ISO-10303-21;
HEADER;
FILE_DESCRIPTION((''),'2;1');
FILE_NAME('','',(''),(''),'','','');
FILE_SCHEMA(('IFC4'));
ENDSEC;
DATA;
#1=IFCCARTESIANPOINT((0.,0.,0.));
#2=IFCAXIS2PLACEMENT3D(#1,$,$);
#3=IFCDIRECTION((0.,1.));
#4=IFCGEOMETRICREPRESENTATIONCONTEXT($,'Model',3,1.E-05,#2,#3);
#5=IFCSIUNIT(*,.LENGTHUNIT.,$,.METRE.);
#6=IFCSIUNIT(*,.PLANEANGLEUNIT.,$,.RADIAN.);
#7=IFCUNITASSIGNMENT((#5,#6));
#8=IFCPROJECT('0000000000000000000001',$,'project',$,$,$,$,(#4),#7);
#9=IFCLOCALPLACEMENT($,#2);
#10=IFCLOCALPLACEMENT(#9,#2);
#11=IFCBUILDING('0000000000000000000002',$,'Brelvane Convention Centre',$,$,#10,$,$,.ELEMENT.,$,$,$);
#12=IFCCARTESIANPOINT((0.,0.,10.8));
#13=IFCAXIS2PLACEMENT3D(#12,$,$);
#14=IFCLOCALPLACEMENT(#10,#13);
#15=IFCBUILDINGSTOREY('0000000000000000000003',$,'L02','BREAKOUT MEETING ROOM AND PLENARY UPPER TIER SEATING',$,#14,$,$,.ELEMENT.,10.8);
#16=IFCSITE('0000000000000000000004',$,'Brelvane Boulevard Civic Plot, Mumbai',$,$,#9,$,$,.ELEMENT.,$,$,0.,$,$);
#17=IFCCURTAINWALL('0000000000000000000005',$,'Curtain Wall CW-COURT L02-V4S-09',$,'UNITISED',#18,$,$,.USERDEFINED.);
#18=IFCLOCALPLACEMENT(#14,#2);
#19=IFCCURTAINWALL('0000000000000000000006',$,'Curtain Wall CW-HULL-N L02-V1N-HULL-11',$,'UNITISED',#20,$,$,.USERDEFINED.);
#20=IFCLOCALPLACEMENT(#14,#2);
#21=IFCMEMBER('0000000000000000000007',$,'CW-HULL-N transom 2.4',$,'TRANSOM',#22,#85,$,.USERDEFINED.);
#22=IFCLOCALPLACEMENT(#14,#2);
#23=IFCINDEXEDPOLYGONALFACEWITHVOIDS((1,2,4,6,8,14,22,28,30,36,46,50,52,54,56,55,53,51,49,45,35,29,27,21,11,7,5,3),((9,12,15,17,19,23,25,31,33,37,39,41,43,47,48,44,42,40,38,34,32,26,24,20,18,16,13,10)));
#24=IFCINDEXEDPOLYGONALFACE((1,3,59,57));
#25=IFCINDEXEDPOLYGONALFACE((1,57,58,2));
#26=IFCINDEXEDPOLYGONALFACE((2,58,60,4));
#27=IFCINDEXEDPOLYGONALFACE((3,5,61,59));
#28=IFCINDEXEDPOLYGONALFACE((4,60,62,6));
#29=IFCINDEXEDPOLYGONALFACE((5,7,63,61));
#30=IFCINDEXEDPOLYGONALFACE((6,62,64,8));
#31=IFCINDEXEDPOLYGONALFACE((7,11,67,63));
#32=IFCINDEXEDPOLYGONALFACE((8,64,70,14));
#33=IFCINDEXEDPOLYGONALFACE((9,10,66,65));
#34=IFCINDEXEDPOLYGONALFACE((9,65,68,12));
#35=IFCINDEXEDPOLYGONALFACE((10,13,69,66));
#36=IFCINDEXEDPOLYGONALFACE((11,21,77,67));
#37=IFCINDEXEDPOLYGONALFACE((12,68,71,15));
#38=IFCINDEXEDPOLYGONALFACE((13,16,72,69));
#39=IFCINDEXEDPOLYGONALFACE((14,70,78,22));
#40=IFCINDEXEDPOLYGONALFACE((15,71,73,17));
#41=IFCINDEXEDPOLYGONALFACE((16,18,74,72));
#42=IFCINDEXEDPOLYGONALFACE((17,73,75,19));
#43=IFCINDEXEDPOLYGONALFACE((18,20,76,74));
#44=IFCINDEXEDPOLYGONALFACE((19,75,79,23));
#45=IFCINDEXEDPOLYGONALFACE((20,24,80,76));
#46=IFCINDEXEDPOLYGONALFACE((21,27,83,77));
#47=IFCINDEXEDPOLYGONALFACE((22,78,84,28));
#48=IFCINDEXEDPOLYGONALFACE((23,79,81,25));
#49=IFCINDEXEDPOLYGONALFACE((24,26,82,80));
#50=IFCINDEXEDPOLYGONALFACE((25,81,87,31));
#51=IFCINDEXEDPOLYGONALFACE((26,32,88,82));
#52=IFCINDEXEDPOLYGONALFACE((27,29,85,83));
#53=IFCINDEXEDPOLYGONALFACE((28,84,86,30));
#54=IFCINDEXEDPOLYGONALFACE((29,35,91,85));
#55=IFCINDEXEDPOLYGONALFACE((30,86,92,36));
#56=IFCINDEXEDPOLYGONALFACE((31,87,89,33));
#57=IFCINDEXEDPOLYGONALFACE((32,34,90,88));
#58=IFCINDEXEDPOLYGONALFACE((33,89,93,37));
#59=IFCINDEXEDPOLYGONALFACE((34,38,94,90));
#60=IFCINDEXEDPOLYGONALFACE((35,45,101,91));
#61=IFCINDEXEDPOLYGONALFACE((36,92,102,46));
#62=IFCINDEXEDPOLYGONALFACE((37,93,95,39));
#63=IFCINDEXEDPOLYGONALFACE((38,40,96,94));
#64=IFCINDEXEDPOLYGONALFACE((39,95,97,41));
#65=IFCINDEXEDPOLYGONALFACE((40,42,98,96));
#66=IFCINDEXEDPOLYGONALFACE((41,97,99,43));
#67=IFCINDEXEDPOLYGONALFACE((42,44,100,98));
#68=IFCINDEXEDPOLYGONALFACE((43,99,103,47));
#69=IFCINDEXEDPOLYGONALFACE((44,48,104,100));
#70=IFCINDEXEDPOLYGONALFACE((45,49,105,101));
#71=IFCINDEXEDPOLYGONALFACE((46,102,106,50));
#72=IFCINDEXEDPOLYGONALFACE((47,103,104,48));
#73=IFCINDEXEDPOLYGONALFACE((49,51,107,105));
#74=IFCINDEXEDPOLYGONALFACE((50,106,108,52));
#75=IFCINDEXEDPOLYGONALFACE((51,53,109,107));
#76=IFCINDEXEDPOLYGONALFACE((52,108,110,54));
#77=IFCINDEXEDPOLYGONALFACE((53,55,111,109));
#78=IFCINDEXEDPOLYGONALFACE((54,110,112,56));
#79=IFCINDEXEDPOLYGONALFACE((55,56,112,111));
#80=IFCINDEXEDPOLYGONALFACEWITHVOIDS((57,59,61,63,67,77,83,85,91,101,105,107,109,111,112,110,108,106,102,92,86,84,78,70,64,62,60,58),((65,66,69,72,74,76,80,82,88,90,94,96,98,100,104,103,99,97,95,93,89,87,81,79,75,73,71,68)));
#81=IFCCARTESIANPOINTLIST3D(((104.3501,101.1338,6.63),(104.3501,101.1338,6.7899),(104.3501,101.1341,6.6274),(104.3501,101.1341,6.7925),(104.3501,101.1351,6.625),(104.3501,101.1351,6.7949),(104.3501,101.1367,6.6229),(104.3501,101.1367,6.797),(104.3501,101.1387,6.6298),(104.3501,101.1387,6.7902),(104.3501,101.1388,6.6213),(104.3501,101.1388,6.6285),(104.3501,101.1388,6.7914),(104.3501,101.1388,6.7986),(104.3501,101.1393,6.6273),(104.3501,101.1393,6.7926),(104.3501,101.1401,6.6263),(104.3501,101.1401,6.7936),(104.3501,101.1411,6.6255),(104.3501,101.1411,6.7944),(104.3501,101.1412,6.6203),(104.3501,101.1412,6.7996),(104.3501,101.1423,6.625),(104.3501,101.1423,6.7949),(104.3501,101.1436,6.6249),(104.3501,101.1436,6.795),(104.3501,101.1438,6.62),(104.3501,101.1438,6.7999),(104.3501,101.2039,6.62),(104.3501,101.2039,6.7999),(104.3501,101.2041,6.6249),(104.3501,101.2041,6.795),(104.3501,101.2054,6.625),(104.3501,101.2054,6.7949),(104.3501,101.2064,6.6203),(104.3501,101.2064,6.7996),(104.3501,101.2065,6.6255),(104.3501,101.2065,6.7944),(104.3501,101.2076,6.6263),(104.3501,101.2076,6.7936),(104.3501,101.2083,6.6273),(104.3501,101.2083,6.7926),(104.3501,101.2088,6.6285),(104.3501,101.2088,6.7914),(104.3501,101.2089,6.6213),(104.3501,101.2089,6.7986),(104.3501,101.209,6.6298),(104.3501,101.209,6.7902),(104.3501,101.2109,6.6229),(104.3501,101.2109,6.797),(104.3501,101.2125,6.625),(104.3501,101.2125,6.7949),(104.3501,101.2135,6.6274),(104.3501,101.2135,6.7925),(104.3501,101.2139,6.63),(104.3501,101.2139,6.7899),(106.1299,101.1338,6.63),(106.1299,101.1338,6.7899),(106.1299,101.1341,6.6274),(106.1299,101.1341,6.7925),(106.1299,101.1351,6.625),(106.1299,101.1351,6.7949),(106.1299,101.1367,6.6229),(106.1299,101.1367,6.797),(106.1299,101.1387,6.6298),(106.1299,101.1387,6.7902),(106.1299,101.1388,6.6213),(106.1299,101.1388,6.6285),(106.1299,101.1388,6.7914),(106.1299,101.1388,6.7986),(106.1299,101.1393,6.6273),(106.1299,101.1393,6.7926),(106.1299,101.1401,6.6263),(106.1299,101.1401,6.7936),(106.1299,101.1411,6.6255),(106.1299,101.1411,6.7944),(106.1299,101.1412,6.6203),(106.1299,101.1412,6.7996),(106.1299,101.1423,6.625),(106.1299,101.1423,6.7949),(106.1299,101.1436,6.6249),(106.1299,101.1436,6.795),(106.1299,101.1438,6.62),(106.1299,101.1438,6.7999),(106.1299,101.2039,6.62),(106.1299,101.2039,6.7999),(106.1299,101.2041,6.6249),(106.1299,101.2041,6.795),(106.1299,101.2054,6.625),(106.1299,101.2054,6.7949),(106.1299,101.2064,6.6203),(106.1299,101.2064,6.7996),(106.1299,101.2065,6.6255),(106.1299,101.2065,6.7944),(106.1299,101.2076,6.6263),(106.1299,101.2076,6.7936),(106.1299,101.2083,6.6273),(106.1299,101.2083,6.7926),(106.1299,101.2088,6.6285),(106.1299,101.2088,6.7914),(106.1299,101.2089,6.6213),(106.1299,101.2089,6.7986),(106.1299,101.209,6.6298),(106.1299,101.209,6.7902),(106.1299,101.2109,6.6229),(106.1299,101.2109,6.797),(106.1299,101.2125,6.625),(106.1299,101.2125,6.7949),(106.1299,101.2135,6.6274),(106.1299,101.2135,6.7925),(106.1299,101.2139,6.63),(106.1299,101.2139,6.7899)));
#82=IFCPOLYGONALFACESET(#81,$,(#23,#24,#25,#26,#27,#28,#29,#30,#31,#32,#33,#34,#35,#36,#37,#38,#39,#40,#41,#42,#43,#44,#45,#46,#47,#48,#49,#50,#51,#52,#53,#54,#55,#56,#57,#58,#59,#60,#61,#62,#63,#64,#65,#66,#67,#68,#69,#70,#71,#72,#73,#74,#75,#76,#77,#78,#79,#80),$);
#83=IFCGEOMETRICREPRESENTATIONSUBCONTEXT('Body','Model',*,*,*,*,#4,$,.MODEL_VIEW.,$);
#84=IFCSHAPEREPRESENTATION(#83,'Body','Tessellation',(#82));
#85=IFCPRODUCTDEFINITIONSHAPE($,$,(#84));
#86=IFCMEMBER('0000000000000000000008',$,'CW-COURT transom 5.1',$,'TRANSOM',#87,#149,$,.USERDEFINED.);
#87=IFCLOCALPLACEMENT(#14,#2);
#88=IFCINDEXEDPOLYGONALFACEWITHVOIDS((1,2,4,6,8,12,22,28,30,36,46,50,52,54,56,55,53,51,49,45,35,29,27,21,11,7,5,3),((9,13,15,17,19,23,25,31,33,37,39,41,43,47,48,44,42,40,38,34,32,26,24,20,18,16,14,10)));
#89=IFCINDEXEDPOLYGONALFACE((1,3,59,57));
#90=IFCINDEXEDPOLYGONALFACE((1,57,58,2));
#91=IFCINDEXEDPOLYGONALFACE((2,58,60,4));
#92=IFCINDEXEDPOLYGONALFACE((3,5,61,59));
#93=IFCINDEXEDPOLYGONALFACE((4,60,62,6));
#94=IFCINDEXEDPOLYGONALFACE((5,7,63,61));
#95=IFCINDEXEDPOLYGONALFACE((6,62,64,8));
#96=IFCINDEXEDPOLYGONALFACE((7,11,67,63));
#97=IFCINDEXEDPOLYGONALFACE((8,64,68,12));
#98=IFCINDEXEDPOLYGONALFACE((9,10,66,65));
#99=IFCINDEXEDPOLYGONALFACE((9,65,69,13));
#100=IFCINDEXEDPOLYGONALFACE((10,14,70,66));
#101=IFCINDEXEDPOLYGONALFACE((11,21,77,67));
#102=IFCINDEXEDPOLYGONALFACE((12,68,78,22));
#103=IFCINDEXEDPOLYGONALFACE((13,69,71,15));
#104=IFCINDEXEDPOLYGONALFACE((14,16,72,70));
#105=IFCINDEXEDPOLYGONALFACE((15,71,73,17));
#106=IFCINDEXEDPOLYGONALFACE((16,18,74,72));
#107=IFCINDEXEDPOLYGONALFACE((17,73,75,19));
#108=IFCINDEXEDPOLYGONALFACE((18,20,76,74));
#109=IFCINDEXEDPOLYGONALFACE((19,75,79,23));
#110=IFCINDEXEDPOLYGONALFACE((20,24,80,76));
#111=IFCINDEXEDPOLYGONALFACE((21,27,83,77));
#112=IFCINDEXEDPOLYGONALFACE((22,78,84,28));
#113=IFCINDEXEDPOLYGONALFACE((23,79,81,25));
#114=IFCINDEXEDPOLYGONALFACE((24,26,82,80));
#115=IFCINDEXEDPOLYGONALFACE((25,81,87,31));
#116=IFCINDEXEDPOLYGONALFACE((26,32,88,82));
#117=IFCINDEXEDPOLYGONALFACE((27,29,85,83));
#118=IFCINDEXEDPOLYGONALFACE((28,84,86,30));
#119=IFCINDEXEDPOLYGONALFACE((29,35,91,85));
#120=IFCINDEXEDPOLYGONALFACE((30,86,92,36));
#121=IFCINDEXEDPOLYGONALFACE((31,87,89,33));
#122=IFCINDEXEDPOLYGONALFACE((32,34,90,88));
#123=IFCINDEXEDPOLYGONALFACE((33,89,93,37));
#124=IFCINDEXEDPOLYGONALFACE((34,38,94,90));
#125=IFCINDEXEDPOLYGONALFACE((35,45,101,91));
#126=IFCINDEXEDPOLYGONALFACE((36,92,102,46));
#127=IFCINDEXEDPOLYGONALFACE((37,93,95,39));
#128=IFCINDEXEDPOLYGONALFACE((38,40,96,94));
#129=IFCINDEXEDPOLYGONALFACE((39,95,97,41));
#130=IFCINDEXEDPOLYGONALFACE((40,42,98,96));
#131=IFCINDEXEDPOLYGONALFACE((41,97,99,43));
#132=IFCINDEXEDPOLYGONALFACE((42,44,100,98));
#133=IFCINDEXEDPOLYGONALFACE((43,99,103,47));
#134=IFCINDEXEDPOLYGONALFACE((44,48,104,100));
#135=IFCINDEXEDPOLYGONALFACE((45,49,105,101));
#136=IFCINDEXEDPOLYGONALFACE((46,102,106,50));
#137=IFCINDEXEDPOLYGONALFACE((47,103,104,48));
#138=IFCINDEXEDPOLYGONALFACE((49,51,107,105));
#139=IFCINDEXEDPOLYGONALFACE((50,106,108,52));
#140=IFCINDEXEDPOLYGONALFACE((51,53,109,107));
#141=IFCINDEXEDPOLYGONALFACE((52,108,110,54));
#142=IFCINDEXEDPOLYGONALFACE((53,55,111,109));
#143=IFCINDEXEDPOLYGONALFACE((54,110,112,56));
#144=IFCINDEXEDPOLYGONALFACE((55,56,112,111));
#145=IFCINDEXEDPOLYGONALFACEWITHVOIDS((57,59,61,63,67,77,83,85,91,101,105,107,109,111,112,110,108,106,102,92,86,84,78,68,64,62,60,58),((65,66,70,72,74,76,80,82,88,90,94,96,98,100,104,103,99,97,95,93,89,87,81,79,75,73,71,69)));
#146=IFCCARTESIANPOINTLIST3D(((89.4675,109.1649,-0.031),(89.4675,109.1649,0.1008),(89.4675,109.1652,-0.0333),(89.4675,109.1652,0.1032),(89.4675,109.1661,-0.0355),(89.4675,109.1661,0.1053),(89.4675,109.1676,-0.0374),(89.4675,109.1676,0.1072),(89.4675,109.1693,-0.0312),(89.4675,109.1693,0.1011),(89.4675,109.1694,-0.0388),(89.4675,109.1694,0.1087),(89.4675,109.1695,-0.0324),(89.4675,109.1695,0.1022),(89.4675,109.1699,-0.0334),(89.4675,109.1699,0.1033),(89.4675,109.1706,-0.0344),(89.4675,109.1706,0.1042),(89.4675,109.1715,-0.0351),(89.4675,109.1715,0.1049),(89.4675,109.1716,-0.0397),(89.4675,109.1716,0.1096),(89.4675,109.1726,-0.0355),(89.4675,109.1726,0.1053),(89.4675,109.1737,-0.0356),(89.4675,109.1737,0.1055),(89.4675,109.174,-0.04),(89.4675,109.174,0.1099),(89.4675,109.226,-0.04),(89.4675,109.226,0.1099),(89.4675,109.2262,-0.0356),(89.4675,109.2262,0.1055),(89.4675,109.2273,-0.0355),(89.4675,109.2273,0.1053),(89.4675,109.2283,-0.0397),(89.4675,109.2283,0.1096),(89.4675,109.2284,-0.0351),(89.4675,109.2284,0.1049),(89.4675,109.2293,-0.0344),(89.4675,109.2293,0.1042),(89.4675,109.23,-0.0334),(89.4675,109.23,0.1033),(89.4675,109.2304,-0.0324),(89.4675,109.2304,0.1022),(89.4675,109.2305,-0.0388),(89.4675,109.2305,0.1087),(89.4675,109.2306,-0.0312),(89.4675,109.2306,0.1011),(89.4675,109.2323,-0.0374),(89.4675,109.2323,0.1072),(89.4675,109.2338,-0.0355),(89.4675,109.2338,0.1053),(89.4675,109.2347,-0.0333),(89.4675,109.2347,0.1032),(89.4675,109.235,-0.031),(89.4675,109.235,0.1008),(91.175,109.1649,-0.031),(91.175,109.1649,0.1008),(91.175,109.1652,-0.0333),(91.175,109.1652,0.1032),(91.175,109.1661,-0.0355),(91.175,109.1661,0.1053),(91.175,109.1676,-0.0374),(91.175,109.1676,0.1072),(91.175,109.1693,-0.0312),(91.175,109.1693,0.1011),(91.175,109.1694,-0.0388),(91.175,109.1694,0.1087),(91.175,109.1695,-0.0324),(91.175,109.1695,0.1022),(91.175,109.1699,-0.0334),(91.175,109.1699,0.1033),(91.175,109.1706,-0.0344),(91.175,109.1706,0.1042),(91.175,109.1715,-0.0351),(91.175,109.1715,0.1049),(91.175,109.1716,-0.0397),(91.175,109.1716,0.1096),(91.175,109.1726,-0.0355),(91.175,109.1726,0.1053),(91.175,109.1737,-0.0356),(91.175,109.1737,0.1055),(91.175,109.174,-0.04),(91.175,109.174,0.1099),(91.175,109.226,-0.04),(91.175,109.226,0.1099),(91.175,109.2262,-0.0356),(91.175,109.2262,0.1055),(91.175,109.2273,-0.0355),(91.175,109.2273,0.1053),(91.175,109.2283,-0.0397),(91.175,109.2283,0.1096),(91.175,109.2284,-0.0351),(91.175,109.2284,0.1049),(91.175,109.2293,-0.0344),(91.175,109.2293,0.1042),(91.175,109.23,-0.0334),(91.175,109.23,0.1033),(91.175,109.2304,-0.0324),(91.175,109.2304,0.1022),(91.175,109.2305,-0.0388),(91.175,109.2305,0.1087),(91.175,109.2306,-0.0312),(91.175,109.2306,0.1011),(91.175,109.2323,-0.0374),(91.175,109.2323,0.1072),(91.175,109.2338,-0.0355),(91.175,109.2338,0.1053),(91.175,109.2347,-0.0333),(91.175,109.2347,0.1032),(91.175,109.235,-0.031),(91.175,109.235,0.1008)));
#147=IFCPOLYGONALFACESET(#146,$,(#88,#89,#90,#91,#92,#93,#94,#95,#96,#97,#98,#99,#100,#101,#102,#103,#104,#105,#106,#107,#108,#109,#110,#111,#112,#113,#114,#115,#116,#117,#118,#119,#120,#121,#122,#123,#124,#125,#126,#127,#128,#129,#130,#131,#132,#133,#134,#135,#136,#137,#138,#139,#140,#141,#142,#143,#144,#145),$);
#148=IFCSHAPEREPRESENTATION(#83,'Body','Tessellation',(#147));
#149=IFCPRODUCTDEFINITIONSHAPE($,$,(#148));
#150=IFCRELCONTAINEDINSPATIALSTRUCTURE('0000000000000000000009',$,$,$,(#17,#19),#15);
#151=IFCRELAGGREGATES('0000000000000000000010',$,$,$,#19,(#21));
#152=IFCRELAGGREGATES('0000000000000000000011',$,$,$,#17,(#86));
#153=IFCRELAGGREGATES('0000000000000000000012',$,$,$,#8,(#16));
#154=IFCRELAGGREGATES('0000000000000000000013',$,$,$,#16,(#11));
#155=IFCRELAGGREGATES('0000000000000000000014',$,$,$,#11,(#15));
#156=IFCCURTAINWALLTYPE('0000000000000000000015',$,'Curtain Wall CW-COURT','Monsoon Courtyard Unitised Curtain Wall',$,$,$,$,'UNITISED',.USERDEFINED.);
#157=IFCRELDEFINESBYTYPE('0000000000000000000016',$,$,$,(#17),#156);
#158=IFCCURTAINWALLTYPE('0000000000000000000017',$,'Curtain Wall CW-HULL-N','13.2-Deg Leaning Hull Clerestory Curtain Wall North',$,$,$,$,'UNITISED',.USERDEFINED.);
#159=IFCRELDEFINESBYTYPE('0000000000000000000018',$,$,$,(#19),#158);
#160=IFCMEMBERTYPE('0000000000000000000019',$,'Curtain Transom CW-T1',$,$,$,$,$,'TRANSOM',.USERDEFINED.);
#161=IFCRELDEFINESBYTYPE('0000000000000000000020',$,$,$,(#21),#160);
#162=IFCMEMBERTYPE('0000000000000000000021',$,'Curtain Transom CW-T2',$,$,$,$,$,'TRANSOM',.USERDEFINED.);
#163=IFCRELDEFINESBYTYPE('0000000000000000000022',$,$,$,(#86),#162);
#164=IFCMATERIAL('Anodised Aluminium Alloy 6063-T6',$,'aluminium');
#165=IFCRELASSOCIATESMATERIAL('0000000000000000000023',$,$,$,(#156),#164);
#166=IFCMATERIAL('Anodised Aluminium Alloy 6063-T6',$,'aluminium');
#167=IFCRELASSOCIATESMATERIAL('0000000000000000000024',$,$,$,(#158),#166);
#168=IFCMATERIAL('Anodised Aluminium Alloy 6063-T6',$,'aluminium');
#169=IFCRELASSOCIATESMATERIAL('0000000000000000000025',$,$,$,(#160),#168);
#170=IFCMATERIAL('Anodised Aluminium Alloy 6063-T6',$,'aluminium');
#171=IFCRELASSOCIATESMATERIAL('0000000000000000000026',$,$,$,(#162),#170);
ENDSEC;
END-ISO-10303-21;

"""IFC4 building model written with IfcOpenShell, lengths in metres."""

from ifc_helpers import new_model, si_unit, direction, frame, origin, origin_2d, place, context, subcontext, project, spatial, hollow_rectangle, extrude, material, material_profile, profile_set, type_object, element, aggregate, save


model = new_model("IFC4")

# Units and contexts
model_context = context("Model", 3, precision=1e-05, world=origin(), true_north=direction((0.0, 1.0)))
body_context = subcontext(model_context, "Body", "Model", "MODEL_VIEW")
ifc_project = project(units=[si_unit("LENGTHUNIT", "METRE"), si_unit("PLANEANGLEUNIT", "RADIAN")], contexts=[model_context])

# Site, building, storey
site_placement = place(None, origin())
site = spatial("IfcSite", under=ifc_project, at=site_placement, Name="Brelvane Boulevard Civic Plot, Mumbai", CompositionType="ELEMENT", RefElevation=0.0)
building_placement = place(site_placement, origin())
building = spatial("IfcBuilding", under=site, at=building_placement, Name="Brelvane Convention Centre", CompositionType="ELEMENT")
storey_placement = place(building_placement, frame((0.0, 0.0, 10.8)))
storey = spatial("IfcBuildingStorey", under=building, at=storey_placement, Name="L02", Description="BREAKOUT MEETING ROOM AND PLENARY UPPER TIER SEATING", CompositionType="ELEMENT", Elevation=10.8)

# Curtain wall
ifc_material_1 = material(Name="Anodised Aluminium Alloy 6063-T6", Category="aluminium")
curtain_wall_type_1 = type_object("IfcCurtainWallType", Name="Curtain Wall CW-COURT", Description="Monsoon Courtyard Unitised Curtain Wall", ElementType="UNITISED", PredefinedType="USERDEFINED", material=ifc_material_1)
curtain_wall_1_placement = place(storey_placement, origin())
curtain_wall_1 = element("IfcCurtainWall", 1, at=curtain_wall_1_placement, inside=storey, type_object=curtain_wall_type_1, Name="Curtain Wall CW-COURT L02-V4S-09", ObjectType="UNITISED", PredefinedType="USERDEFINED")

# Curtain wall, member
ifc_material_2 = material(Name="Anodised Aluminium Alloy 6063-T6", Category="aluminium")
curtain_wall_type_2 = type_object("IfcCurtainWallType", Name="Curtain Wall CW-HULL-N", Description="13.2-Deg Leaning Hull Clerestory Curtain Wall North", ElementType="UNITISED", PredefinedType="USERDEFINED", material=ifc_material_2)
curtain_wall_2_placement = place(storey_placement, origin())
curtain_wall_2 = element("IfcCurtainWall", 2, at=curtain_wall_2_placement, inside=storey, type_object=curtain_wall_type_2, Name="Curtain Wall CW-HULL-N L02-V1N-HULL-11", ObjectType="UNITISED", PredefinedType="USERDEFINED")
ifc_material_3 = material(Name="Anodised Aluminium Alloy 6063-T6", Category="aluminium")
ifc_material_profile_1 = material_profile(ifc_material_3, hollow_rectangle(XDim=0.0801, YDim=0.1799, WallThickness=0.0049, InnerFilletRadius=0.0049, OuterFilletRadius=0.01, at=origin_2d()), Name="ALU-T 180x80x5.0")
ifc_profile_set_1 = profile_set([ifc_material_profile_1], Name="Anodised Aluminium Alloy 6063-T6")
member_type_1 = type_object("IfcMemberType", Name="Curtain Transom CW-T1", ElementType="TRANSOM", PredefinedType="USERDEFINED", material=ifc_profile_set_1)
member_1_placement = place(storey_placement, frame((104.3501, 101.1738, 6.71), z_axis=(1.0, 0.0, 0.0), x_axis=(0.0, 1.0, 0.0)))
member_1 = element("IfcMember", 3, at=member_1_placement, type_object=member_type_1, Name="CW-HULL-N transom 2.4", ObjectType="TRANSOM", PredefinedType="USERDEFINED", context=body_context, shape_type="SweptSolid", body=[
    extrude(hollow_rectangle(XDim=0.0801, YDim=0.1799, WallThickness=0.0049, InnerFilletRadius=0.0049, OuterFilletRadius=0.01, at=origin_2d()), origin(), (0.0, 0.0, 1.0), 1.7798),
])
aggregate(curtain_wall_2, [member_1])

# Member
ifc_material_4 = material(Name="Anodised Aluminium Alloy 6063-T6", Category="aluminium")
ifc_material_profile_2 = material_profile(ifc_material_4, hollow_rectangle(XDim=0.0701, YDim=0.1499, WallThickness=0.0044, InnerFilletRadius=0.0044, OuterFilletRadius=0.009, at=origin_2d()), Name="ALU-T 150x70x4.5")
ifc_profile_set_2 = profile_set([ifc_material_profile_2], Name="Anodised Aluminium Alloy 6063-T6")
member_type_2 = type_object("IfcMemberType", Name="Curtain Transom CW-T2", ElementType="TRANSOM", PredefinedType="USERDEFINED", material=ifc_profile_set_2)
member_2_placement = place(storey_placement, frame((89.4675, 109.2, 0.0349), z_axis=(1.0, 0.0, 0.0), x_axis=(0.0, 1.0, 0.0)))
member_2 = element("IfcMember", 4, at=member_2_placement, type_object=member_type_2, Name="CW-COURT transom 5.1", ObjectType="TRANSOM", PredefinedType="USERDEFINED", context=body_context, shape_type="SweptSolid", body=[
    extrude(hollow_rectangle(XDim=0.0701, YDim=0.1499, WallThickness=0.0044, InnerFilletRadius=0.0044, OuterFilletRadius=0.009, at=origin_2d()), origin(), (0.0, 0.0, 1.0), 1.7075),
])

aggregate(curtain_wall_1, [member_2])

save(model, "model.ifc")
